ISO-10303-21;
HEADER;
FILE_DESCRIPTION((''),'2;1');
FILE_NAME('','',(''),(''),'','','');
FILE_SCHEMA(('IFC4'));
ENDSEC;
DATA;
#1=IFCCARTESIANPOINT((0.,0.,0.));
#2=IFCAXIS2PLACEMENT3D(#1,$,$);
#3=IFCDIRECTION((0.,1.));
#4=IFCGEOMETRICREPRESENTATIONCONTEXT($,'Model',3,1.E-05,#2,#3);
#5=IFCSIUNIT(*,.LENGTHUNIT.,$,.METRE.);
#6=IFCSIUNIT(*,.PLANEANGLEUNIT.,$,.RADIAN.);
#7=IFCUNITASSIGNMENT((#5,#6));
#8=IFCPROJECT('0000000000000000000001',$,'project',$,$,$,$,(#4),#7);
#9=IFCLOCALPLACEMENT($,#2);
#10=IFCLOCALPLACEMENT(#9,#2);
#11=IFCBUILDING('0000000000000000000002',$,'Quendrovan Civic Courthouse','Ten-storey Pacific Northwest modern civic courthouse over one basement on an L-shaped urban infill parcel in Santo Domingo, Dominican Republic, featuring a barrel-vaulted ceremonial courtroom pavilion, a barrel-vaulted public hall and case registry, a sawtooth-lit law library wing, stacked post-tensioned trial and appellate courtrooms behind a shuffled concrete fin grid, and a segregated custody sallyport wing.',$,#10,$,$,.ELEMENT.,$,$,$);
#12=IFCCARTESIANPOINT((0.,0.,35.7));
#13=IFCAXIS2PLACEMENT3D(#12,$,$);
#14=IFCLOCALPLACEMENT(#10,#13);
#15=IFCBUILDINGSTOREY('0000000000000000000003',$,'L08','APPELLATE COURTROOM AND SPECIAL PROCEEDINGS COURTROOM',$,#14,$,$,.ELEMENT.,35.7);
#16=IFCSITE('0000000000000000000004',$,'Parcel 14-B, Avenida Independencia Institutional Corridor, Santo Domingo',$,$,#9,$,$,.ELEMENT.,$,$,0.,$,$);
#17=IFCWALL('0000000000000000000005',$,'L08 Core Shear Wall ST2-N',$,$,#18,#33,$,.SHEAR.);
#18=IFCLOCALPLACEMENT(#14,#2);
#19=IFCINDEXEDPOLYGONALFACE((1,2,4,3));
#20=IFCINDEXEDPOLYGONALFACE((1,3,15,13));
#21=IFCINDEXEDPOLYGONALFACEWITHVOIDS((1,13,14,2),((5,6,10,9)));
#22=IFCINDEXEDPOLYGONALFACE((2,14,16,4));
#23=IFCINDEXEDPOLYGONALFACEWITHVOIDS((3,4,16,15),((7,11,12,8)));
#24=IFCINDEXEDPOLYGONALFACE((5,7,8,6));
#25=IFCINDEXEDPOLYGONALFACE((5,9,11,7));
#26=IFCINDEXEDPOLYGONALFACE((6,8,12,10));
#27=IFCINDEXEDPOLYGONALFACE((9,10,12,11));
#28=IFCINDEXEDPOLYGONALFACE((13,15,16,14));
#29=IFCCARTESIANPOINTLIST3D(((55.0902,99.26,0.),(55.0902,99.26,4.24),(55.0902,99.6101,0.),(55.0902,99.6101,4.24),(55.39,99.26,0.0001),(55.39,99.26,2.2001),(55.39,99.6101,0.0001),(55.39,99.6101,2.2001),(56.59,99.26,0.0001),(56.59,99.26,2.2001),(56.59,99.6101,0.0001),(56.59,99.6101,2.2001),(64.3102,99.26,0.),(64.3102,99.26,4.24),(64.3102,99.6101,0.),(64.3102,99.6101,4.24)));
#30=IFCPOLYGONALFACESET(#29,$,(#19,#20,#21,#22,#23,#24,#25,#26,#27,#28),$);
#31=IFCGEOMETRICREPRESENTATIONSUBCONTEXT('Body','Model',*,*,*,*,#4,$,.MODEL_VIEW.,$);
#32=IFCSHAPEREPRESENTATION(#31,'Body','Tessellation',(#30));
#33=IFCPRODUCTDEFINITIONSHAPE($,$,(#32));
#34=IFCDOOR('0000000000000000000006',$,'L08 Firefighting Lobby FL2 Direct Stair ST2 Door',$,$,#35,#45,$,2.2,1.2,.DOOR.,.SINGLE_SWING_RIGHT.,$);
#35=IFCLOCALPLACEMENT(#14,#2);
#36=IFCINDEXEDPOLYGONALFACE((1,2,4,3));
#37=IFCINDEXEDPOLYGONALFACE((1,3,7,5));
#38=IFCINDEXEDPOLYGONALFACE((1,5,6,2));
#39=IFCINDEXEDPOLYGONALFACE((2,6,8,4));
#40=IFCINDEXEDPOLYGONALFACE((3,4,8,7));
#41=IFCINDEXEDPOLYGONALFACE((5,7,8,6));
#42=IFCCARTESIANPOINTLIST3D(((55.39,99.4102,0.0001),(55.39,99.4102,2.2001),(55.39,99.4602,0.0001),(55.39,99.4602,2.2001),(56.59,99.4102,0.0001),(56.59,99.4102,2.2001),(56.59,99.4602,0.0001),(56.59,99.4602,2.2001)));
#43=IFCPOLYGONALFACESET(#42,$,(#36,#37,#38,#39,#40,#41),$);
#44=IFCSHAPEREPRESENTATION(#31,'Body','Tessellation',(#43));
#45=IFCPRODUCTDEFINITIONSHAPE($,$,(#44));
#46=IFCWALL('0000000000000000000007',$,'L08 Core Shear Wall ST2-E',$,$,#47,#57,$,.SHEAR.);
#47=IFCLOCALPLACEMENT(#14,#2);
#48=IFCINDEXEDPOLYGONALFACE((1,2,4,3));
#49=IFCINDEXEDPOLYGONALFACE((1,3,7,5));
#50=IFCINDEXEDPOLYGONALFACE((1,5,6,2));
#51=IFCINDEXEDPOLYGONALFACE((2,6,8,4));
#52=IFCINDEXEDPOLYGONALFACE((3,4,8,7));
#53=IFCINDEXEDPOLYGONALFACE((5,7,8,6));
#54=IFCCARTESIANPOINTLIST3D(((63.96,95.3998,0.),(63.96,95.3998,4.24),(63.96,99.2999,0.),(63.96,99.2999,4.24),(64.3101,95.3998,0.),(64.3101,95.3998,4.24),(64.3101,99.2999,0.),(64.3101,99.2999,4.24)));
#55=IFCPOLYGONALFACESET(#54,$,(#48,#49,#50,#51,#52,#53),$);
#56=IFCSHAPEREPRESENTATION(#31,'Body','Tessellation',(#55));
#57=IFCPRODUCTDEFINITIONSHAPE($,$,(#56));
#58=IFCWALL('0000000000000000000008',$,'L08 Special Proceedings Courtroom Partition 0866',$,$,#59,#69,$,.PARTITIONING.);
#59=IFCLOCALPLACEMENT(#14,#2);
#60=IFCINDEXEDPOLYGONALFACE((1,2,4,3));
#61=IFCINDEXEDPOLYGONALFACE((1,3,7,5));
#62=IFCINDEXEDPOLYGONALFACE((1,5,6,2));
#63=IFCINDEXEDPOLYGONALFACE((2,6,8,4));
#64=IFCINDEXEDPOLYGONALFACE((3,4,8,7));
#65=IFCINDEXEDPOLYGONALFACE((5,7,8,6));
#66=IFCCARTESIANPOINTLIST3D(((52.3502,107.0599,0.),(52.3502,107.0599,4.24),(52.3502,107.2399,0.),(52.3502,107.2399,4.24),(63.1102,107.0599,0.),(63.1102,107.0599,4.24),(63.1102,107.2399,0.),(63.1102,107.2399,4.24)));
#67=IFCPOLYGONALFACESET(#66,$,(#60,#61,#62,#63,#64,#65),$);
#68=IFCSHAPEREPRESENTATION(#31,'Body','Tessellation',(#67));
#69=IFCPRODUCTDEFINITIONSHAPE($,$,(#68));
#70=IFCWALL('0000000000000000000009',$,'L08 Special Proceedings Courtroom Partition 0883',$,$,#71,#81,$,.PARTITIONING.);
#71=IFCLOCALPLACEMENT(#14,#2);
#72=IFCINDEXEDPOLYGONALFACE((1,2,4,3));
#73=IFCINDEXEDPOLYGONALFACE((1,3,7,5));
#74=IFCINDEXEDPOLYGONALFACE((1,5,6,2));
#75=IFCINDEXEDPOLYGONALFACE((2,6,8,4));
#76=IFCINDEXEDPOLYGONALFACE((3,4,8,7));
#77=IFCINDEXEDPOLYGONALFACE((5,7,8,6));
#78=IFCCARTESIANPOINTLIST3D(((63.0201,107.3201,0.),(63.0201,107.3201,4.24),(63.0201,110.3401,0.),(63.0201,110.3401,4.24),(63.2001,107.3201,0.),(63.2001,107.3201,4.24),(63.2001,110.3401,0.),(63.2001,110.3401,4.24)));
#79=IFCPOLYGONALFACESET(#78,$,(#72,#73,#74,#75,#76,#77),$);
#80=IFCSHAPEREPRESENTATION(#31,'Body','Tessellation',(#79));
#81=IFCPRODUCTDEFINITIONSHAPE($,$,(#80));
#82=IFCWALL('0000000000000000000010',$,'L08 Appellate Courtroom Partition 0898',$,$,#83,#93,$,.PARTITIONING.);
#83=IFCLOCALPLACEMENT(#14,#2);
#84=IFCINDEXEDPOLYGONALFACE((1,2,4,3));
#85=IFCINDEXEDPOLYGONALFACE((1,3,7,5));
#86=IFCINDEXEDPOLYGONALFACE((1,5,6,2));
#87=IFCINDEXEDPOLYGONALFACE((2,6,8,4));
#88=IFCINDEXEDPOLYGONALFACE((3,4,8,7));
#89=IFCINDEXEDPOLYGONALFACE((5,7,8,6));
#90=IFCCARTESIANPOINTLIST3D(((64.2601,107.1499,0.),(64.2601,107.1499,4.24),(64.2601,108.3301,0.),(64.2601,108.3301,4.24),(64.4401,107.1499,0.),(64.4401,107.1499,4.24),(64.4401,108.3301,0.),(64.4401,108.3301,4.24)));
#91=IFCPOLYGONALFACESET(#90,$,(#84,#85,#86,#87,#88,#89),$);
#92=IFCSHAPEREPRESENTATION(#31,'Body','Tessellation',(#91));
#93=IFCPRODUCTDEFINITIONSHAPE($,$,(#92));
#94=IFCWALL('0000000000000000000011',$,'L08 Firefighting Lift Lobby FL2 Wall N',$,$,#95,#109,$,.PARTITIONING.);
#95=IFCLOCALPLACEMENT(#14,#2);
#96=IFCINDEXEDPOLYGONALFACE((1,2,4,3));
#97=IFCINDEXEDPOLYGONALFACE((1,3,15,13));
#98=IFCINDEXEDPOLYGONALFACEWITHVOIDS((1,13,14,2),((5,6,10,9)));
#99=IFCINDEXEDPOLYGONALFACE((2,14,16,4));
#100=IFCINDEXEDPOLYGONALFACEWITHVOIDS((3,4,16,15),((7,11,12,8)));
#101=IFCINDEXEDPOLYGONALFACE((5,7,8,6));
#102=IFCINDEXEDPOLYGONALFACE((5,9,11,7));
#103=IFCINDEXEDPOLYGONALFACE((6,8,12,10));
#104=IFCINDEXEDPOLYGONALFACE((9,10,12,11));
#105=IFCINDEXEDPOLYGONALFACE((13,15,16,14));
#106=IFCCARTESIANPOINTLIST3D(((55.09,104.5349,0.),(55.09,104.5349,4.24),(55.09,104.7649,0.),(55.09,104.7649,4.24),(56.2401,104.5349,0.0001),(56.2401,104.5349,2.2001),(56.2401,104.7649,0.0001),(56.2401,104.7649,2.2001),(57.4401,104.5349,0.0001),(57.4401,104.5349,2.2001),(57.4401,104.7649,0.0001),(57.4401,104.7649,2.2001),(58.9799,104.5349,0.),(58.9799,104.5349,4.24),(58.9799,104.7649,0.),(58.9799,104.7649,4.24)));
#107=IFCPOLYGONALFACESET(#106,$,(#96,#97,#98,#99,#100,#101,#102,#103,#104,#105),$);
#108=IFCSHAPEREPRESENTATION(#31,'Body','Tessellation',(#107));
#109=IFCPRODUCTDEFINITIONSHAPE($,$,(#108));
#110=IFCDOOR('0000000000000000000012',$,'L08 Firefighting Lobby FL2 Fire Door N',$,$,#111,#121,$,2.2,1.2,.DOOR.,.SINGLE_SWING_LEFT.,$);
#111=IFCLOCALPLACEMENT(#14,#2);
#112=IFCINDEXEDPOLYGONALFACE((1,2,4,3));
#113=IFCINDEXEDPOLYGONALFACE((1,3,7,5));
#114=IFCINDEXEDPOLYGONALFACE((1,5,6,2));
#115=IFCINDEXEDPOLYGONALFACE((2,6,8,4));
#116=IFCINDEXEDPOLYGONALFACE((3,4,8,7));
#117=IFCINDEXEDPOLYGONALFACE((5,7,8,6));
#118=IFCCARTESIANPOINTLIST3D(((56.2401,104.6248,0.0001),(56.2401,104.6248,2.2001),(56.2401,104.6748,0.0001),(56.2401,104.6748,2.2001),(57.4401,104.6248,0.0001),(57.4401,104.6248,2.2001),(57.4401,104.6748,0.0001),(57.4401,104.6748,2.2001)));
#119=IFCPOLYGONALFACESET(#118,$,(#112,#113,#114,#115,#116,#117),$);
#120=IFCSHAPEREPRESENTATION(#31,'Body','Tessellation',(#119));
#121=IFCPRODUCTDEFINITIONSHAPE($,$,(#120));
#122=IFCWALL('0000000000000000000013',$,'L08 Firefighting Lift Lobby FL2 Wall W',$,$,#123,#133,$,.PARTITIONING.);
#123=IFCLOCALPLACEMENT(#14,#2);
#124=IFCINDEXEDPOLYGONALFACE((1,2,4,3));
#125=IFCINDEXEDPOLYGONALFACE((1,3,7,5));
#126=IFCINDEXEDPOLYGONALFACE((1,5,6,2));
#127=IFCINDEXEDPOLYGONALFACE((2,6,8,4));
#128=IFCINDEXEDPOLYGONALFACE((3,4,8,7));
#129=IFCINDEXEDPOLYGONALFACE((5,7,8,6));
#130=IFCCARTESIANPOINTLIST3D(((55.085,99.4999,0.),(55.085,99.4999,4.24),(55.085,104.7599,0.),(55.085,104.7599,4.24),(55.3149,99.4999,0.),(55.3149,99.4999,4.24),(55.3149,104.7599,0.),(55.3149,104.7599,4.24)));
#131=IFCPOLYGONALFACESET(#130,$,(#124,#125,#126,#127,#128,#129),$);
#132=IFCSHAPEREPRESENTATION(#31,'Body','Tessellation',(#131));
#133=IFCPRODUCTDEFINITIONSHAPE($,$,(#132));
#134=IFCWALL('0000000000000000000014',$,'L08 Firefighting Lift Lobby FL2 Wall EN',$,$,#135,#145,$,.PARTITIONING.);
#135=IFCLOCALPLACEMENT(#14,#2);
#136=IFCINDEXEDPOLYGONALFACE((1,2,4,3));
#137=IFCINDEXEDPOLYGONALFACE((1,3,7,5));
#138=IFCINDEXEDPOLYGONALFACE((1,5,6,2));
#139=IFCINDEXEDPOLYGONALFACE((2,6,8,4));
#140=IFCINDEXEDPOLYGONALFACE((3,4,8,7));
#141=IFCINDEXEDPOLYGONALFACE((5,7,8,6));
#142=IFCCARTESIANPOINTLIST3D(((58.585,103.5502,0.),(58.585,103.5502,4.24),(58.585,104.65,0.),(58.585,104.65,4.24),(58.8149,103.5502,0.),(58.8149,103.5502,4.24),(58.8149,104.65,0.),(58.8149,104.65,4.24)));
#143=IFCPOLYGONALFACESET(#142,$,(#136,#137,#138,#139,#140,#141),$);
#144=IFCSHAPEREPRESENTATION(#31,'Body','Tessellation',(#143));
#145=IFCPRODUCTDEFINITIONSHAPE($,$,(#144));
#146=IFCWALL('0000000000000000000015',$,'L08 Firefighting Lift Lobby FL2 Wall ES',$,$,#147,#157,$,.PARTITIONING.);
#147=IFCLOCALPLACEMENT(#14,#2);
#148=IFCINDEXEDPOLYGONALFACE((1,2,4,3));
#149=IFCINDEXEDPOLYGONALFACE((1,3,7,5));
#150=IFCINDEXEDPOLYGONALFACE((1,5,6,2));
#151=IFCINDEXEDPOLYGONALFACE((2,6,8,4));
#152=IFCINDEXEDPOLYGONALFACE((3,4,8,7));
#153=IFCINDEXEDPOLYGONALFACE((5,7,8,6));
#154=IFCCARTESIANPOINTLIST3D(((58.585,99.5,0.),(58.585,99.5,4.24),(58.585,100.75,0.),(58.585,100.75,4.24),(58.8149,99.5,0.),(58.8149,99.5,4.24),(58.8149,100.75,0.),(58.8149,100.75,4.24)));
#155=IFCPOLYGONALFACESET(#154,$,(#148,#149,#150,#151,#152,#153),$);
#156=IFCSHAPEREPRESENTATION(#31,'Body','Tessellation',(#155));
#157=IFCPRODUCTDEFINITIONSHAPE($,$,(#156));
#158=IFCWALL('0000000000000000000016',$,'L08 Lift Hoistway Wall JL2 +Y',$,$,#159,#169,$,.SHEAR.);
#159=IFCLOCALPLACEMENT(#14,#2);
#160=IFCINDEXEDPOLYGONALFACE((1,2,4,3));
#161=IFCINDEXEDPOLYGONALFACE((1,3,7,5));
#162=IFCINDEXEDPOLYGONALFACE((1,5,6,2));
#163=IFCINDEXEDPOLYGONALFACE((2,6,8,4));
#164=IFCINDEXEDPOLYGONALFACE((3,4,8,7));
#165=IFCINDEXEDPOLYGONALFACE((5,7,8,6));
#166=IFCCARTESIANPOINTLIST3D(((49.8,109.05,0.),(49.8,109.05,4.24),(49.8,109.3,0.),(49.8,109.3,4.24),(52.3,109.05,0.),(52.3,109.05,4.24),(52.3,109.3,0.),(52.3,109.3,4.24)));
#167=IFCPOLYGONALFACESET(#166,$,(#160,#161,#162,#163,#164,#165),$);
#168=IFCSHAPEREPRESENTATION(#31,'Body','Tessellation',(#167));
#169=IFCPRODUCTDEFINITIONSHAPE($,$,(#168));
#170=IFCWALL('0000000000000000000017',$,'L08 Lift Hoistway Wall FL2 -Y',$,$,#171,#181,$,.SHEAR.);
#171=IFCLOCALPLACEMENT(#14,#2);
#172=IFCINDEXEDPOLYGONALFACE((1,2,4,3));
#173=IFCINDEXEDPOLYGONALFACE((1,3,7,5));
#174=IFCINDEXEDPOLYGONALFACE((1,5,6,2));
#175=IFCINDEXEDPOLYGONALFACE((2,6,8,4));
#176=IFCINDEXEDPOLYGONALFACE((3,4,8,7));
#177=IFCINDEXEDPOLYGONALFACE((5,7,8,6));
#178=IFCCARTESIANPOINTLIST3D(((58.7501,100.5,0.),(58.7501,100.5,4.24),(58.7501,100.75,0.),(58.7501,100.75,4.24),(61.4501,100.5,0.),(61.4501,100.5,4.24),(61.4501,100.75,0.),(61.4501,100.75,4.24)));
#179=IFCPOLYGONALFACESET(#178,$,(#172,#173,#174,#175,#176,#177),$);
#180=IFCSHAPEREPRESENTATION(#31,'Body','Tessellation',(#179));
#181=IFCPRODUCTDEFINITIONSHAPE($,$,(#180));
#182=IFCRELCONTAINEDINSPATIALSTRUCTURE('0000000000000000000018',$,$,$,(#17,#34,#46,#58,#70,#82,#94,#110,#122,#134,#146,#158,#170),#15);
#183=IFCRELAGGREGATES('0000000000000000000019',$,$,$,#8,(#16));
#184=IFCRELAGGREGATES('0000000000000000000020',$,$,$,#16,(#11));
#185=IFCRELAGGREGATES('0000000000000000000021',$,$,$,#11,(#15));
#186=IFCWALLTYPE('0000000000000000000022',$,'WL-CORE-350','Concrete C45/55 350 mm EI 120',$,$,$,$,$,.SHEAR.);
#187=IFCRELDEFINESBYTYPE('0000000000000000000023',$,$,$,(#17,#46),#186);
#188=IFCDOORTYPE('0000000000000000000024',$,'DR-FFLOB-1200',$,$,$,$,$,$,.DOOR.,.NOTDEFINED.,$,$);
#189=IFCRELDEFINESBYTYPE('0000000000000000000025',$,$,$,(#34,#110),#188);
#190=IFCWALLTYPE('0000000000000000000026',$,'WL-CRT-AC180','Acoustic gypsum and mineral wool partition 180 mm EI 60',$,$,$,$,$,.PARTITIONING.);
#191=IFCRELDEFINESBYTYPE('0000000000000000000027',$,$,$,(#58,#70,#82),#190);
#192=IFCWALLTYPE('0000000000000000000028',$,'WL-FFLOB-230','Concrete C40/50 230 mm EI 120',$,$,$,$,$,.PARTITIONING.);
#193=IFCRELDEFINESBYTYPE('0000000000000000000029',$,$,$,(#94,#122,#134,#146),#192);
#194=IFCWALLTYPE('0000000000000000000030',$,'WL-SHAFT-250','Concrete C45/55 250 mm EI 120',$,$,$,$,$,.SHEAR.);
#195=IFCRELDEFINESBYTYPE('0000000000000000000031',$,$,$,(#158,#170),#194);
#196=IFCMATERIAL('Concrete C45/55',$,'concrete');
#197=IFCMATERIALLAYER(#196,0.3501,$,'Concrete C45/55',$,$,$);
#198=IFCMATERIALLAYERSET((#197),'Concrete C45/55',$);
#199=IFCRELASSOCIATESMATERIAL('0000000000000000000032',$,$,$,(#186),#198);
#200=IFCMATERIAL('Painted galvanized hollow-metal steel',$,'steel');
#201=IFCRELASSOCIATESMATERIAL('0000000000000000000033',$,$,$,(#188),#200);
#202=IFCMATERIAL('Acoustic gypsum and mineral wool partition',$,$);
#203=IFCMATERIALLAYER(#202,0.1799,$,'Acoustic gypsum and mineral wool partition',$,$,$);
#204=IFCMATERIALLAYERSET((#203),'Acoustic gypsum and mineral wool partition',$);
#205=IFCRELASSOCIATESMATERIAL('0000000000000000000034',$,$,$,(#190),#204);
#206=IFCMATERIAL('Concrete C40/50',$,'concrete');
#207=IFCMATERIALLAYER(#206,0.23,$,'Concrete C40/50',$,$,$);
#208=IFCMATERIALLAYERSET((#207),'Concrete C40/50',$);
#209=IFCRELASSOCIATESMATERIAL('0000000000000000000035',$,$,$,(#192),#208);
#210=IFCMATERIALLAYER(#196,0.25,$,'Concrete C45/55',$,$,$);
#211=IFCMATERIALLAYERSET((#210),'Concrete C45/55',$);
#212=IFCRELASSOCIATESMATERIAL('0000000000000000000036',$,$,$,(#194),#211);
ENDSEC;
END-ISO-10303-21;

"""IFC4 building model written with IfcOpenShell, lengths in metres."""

from ifc_helpers import new_model, si_unit, direction, frame, frame_2d, origin, place, context, subcontext, project, spatial, rectangle, extrude, material, layer, layer_set, type_object, element, fill, save


model = new_model("IFC4")

# Units and contexts
model_context = context("Model", 3, precision=1e-05, world=origin(), true_north=direction((0.0, 1.0)))
body_context = subcontext(model_context, "Body", "Model", "MODEL_VIEW")
ifc_project = project(units=[si_unit("LENGTHUNIT", "METRE"), si_unit("PLANEANGLEUNIT", "RADIAN")], contexts=[model_context])

# Site, building, storey
site_placement = place(None, origin())
site = spatial("IfcSite", under=ifc_project, at=site_placement, Name="Parcel 14-B, Avenida Independencia Institutional Corridor, Santo Domingo", CompositionType="ELEMENT", RefElevation=0.0)
building_placement = place(site_placement, origin())
building = spatial("IfcBuilding", under=site, at=building_placement, Name="Quendrovan Civic Courthouse", Description="Ten-storey Pacific Northwest modern civic courthouse over one basement on an L-shaped urban infill parcel in Santo Domingo, Dominican Republic, featuring a barrel-vaulted ceremonial courtroom pavilion, a barrel-vaulted public hall and case registry, a sawtooth-lit law library wing, stacked post-tensioned trial and appellate courtrooms behind a shuffled concrete fin grid, and a segregated custody sallyport wing.", CompositionType="ELEMENT")
storey_placement = place(building_placement, frame((0.0, 0.0, 35.7)))
storey = spatial("IfcBuildingStorey", under=building, at=storey_placement, Name="L08", Description="APPELLATE COURTROOM AND SPECIAL PROCEEDINGS COURTROOM", CompositionType="ELEMENT", Elevation=35.7)

# Shared definitions
ifc_material_1 = material(Name="Concrete C45/55", Category="concrete")

# Shared definitions
ifc_material_2 = material(Name="Concrete C40/50", Category="concrete")

# Wall, opening, door
ifc_layer_1 = layer(ifc_material_1, 0.3501, Name="Concrete C45/55")
ifc_layer_set_1 = layer_set([ifc_layer_1], Name="Concrete C45/55")
wall_type_1 = type_object("IfcWallType", Name="WL-CORE-350", Description="Concrete C45/55 350 mm EI 120", PredefinedType="SHEAR", material=ifc_layer_set_1)
wall_1_placement = place(storey_placement, frame((64.3101, 99.4351, 0.0), z_axis=(0.0, 0.0, 1.0), x_axis=(-1.0, 0.0, 0.0)))
wall_1 = element("IfcWall", 1, at=wall_1_placement, inside=storey, type_object=wall_type_1, Name="L08 Core Shear Wall ST2-N", PredefinedType="SHEAR", context=body_context, shape_type="SweptSolid", body=[
    extrude(rectangle(XDim=9.22, YDim=0.3501, at=frame_2d((4.6099, 0.0))), origin(), (0.0, 0.0, 1.0), 4.24),
])
opening_1_placement = place(wall_1_placement, frame((7.72, 0.0, 0.0)))
opening_1 = element("IfcOpeningElement", 2, at=opening_1_placement, cuts=wall_1, PredefinedType="OPENING", context=body_context, shape_type="SweptSolid", body=[
    extrude(rectangle(XDim=1.2, YDim=2.2, at=frame_2d((0.6001, 1.1001))), frame((0.0, 0.1851, 0.0), z_axis=(0.0, -1.0, 0.0), x_axis=(1.0, 0.0, 0.0)), (0.0, 0.0, 1.0), 0.3701),
])
ifc_material_3 = material(Name="Painted galvanized hollow-metal steel", Category="steel")
door_type_1 = type_object("IfcDoorType", Name="DR-FFLOB-1200", OperationType="NOTDEFINED", PredefinedType="DOOR", material=ifc_material_3)
door_1_placement = place(opening_1_placement, origin())
door_1 = element("IfcDoor", 3, at=door_1_placement, inside=storey, type_object=door_type_1, Name="L08 Firefighting Lobby FL2 Direct Stair ST2 Door", OperationType="SINGLE_SWING_RIGHT", OverallHeight=2.2, OverallWidth=1.2, PredefinedType="DOOR", context=body_context, shape_type="SweptSolid", body=[
    extrude(rectangle(XDim=1.2, YDim=2.2, at=frame_2d((0.6001, 1.1001))), frame((0.0, 0.0249, 0.0), z_axis=(0.0, -1.0, 0.0), x_axis=(1.0, 0.0, 0.0)), (0.0, 0.0, 1.0), 0.05),
])
fill(opening_1, door_1)

# Walls
wall_2_placement = place(storey_placement, frame((64.135, 99.3, 0.0), z_axis=(0.0, 0.0, 1.0), x_axis=(0.0, -1.0, 0.0)))
element("IfcWall", 4, at=wall_2_placement, inside=storey, type_object=wall_type_1, Name="L08 Core Shear Wall ST2-E", PredefinedType="SHEAR", context=body_context, shape_type="SweptSolid", body=[
    extrude(rectangle(XDim=3.9001, YDim=0.3501, at=frame_2d((1.9502, 0.0))), origin(), (0.0, 0.0, 1.0), 4.24),
])
ifc_material_4 = material(Name="Acoustic gypsum and mineral wool partition")
ifc_layer_2 = layer(ifc_material_4, 0.1799, Name="Acoustic gypsum and mineral wool partition")
ifc_layer_set_2 = layer_set([ifc_layer_2], Name="Acoustic gypsum and mineral wool partition")
wall_type_2 = type_object("IfcWallType", Name="WL-CRT-AC180", Description="Acoustic gypsum and mineral wool partition 180 mm EI 60", PredefinedType="PARTITIONING", material=ifc_layer_set_2)
wall_3_placement = place(storey_placement, frame((63.1101, 107.1499, 0.0), z_axis=(0.0, 0.0, 1.0), x_axis=(-1.0, 0.0, 0.0)))
element("IfcWall", 5, at=wall_3_placement, inside=storey, type_object=wall_type_2, Name="L08 Special Proceedings Courtroom Partition 0866", PredefinedType="PARTITIONING", context=body_context, shape_type="SweptSolid", body=[
    extrude(rectangle(XDim=10.76, YDim=0.1799, at=frame_2d((5.3799, 0.0))), origin(), (0.0, 0.0, 1.0), 4.24),
])
wall_4_placement = place(storey_placement, frame((63.1101, 110.3401, 0.0), z_axis=(0.0, 0.0, 1.0), x_axis=(0.0, -1.0, 0.0)))
element("IfcWall", 6, at=wall_4_placement, inside=storey, type_object=wall_type_2, Name="L08 Special Proceedings Courtroom Partition 0883", PredefinedType="PARTITIONING", context=body_context, shape_type="SweptSolid", body=[
    extrude(rectangle(XDim=3.02, YDim=0.1799, at=frame_2d((1.51, 0.0))), origin(), (0.0, 0.0, 1.0), 4.24),
])
wall_5_placement = place(storey_placement, frame((64.3501, 108.3301, 0.0), z_axis=(0.0, 0.0, 1.0), x_axis=(0.0, -1.0, 0.0)))
element("IfcWall", 7, at=wall_5_placement, inside=storey, type_object=wall_type_2, Name="L08 Appellate Courtroom Partition 0898", PredefinedType="PARTITIONING", context=body_context, shape_type="SweptSolid", body=[
    extrude(rectangle(XDim=1.1802, YDim=0.1799, at=frame_2d((0.5901, 0.0))), origin(), (0.0, 0.0, 1.0), 4.24),
])

# Wall, opening, door
ifc_layer_3 = layer(ifc_material_2, 0.23, Name="Concrete C40/50")
ifc_layer_set_3 = layer_set([ifc_layer_3], Name="Concrete C40/50")
wall_type_3 = type_object("IfcWallType", Name="WL-FFLOB-230", Description="Concrete C40/50 230 mm EI 120", PredefinedType="PARTITIONING", material=ifc_layer_set_3)
wall_6_placement = place(storey_placement, frame((55.0901, 104.6499, 0.0), z_axis=(0.0, 0.0, 1.0), x_axis=(1.0, 0.0, 0.0)))
wall_6 = element("IfcWall", 8, at=wall_6_placement, inside=storey, type_object=wall_type_3, Name="L08 Firefighting Lift Lobby FL2 Wall N", PredefinedType="PARTITIONING", context=body_context, shape_type="SweptSolid", body=[
    extrude(rectangle(XDim=3.8899, YDim=0.23, at=frame_2d((1.9448, 0.0))), origin(), (0.0, 0.0, 1.0), 4.24),
])
opening_2_placement = place(wall_6_placement, frame((1.1499, 0.0, 0.0)))
opening_2 = element("IfcOpeningElement", 9, at=opening_2_placement, cuts=wall_6, PredefinedType="OPENING", context=body_context, shape_type="SweptSolid", body=[
    extrude(rectangle(XDim=1.2, YDim=2.2, at=frame_2d((0.6001, 1.1001))), frame((0.0, 0.125, 0.0), z_axis=(0.0, -1.0, 0.0), x_axis=(1.0, 0.0, 0.0)), (0.0, 0.0, 1.0), 0.25),
])
door_2_placement = place(opening_2_placement, origin())
door_2 = element("IfcDoor", 10, at=door_2_placement, inside=storey, type_object=door_type_1, Name="L08 Firefighting Lobby FL2 Fire Door N", OperationType="SINGLE_SWING_LEFT", OverallHeight=2.2, OverallWidth=1.2, PredefinedType="DOOR", context=body_context, shape_type="SweptSolid", body=[
    extrude(rectangle(XDim=1.2, YDim=2.2, at=frame_2d((0.6001, 1.1001))), frame((0.0, 0.0249, 0.0), z_axis=(0.0, -1.0, 0.0), x_axis=(1.0, 0.0, 0.0)), (0.0, 0.0, 1.0), 0.05),
])
fill(opening_2, door_2)

# Walls
wall_7_placement = place(storey_placement, frame((55.2, 99.5, 0.0), z_axis=(0.0, 0.0, 1.0), x_axis=(0.0, 1.0, 0.0)))
element("IfcWall", 11, at=wall_7_placement, inside=storey, type_object=wall_type_3, Name="L08 Firefighting Lift Lobby FL2 Wall W", PredefinedType="PARTITIONING", context=body_context, shape_type="SweptSolid", body=[
    extrude(rectangle(XDim=5.26, YDim=0.23, at=frame_2d((2.6299, 0.0))), origin(), (0.0, 0.0, 1.0), 4.24),
])
wall_8_placement = place(storey_placement, frame((58.7, 104.6499, 0.0), z_axis=(0.0, 0.0, 1.0), x_axis=(0.0, -1.0, 0.0)))
element("IfcWall", 12, at=wall_8_placement, inside=storey, type_object=wall_type_3, Name="L08 Firefighting Lift Lobby FL2 Wall EN", PredefinedType="PARTITIONING", context=body_context, shape_type="SweptSolid", body=[
    extrude(rectangle(XDim=1.0999, YDim=0.23, at=frame_2d((0.5498, 0.0))), origin(), (0.0, 0.0, 1.0), 4.24),
])
wall_9_placement = place(storey_placement, frame((58.7, 100.75, 0.0), z_axis=(0.0, 0.0, 1.0), x_axis=(0.0, -1.0, 0.0)))
element("IfcWall", 13, at=wall_9_placement, inside=storey, type_object=wall_type_3, Name="L08 Firefighting Lift Lobby FL2 Wall ES", PredefinedType="PARTITIONING", context=body_context, shape_type="SweptSolid", body=[
    extrude(rectangle(XDim=1.25, YDim=0.23, at=frame_2d((0.625, 0.0))), origin(), (0.0, 0.0, 1.0), 4.24),
])
ifc_layer_4 = layer(ifc_material_1, 0.25, Name="Concrete C45/55")
ifc_layer_set_4 = layer_set([ifc_layer_4], Name="Concrete C45/55")
wall_type_4 = type_object("IfcWallType", Name="WL-SHAFT-250", Description="Concrete C45/55 250 mm EI 120", PredefinedType="SHEAR", material=ifc_layer_set_4)
wall_10_placement = place(storey_placement, frame((52.3, 109.175, 0.0), z_axis=(0.0, 0.0, 1.0), x_axis=(-1.0, 0.0, 0.0)))
element("IfcWall", 14, at=wall_10_placement, inside=storey, type_object=wall_type_4, Name="L08 Lift Hoistway Wall JL2 +Y", PredefinedType="SHEAR", context=body_context, shape_type="SweptSolid", body=[
    extrude(rectangle(XDim=2.5, YDim=0.25, at=frame_2d((1.25, 0.0))), origin(), (0.0, 0.0, 1.0), 4.24),
])
for number, where, z_axis, x_axis, name in (
    (15, (58.75, 100.625, 0.0), (0.0, 0.0, 1.0), (1.0, 0.0, 0.0), "L08 Lift Hoistway Wall FL2 -Y"),
):
    element("IfcWall", number, at=place(storey_placement, frame(where, z_axis=z_axis, x_axis=x_axis)), inside=storey, type_object=wall_type_4, Name=name, PredefinedType="SHEAR", context=body_context, shape_type="SweptSolid", body=[
        extrude(rectangle(XDim=2.7, YDim=0.25, at=frame_2d((1.3501, 0.0))), origin(), (0.0, 0.0, 1.0), 4.24),
    ])

save(model, "model.ifc")
